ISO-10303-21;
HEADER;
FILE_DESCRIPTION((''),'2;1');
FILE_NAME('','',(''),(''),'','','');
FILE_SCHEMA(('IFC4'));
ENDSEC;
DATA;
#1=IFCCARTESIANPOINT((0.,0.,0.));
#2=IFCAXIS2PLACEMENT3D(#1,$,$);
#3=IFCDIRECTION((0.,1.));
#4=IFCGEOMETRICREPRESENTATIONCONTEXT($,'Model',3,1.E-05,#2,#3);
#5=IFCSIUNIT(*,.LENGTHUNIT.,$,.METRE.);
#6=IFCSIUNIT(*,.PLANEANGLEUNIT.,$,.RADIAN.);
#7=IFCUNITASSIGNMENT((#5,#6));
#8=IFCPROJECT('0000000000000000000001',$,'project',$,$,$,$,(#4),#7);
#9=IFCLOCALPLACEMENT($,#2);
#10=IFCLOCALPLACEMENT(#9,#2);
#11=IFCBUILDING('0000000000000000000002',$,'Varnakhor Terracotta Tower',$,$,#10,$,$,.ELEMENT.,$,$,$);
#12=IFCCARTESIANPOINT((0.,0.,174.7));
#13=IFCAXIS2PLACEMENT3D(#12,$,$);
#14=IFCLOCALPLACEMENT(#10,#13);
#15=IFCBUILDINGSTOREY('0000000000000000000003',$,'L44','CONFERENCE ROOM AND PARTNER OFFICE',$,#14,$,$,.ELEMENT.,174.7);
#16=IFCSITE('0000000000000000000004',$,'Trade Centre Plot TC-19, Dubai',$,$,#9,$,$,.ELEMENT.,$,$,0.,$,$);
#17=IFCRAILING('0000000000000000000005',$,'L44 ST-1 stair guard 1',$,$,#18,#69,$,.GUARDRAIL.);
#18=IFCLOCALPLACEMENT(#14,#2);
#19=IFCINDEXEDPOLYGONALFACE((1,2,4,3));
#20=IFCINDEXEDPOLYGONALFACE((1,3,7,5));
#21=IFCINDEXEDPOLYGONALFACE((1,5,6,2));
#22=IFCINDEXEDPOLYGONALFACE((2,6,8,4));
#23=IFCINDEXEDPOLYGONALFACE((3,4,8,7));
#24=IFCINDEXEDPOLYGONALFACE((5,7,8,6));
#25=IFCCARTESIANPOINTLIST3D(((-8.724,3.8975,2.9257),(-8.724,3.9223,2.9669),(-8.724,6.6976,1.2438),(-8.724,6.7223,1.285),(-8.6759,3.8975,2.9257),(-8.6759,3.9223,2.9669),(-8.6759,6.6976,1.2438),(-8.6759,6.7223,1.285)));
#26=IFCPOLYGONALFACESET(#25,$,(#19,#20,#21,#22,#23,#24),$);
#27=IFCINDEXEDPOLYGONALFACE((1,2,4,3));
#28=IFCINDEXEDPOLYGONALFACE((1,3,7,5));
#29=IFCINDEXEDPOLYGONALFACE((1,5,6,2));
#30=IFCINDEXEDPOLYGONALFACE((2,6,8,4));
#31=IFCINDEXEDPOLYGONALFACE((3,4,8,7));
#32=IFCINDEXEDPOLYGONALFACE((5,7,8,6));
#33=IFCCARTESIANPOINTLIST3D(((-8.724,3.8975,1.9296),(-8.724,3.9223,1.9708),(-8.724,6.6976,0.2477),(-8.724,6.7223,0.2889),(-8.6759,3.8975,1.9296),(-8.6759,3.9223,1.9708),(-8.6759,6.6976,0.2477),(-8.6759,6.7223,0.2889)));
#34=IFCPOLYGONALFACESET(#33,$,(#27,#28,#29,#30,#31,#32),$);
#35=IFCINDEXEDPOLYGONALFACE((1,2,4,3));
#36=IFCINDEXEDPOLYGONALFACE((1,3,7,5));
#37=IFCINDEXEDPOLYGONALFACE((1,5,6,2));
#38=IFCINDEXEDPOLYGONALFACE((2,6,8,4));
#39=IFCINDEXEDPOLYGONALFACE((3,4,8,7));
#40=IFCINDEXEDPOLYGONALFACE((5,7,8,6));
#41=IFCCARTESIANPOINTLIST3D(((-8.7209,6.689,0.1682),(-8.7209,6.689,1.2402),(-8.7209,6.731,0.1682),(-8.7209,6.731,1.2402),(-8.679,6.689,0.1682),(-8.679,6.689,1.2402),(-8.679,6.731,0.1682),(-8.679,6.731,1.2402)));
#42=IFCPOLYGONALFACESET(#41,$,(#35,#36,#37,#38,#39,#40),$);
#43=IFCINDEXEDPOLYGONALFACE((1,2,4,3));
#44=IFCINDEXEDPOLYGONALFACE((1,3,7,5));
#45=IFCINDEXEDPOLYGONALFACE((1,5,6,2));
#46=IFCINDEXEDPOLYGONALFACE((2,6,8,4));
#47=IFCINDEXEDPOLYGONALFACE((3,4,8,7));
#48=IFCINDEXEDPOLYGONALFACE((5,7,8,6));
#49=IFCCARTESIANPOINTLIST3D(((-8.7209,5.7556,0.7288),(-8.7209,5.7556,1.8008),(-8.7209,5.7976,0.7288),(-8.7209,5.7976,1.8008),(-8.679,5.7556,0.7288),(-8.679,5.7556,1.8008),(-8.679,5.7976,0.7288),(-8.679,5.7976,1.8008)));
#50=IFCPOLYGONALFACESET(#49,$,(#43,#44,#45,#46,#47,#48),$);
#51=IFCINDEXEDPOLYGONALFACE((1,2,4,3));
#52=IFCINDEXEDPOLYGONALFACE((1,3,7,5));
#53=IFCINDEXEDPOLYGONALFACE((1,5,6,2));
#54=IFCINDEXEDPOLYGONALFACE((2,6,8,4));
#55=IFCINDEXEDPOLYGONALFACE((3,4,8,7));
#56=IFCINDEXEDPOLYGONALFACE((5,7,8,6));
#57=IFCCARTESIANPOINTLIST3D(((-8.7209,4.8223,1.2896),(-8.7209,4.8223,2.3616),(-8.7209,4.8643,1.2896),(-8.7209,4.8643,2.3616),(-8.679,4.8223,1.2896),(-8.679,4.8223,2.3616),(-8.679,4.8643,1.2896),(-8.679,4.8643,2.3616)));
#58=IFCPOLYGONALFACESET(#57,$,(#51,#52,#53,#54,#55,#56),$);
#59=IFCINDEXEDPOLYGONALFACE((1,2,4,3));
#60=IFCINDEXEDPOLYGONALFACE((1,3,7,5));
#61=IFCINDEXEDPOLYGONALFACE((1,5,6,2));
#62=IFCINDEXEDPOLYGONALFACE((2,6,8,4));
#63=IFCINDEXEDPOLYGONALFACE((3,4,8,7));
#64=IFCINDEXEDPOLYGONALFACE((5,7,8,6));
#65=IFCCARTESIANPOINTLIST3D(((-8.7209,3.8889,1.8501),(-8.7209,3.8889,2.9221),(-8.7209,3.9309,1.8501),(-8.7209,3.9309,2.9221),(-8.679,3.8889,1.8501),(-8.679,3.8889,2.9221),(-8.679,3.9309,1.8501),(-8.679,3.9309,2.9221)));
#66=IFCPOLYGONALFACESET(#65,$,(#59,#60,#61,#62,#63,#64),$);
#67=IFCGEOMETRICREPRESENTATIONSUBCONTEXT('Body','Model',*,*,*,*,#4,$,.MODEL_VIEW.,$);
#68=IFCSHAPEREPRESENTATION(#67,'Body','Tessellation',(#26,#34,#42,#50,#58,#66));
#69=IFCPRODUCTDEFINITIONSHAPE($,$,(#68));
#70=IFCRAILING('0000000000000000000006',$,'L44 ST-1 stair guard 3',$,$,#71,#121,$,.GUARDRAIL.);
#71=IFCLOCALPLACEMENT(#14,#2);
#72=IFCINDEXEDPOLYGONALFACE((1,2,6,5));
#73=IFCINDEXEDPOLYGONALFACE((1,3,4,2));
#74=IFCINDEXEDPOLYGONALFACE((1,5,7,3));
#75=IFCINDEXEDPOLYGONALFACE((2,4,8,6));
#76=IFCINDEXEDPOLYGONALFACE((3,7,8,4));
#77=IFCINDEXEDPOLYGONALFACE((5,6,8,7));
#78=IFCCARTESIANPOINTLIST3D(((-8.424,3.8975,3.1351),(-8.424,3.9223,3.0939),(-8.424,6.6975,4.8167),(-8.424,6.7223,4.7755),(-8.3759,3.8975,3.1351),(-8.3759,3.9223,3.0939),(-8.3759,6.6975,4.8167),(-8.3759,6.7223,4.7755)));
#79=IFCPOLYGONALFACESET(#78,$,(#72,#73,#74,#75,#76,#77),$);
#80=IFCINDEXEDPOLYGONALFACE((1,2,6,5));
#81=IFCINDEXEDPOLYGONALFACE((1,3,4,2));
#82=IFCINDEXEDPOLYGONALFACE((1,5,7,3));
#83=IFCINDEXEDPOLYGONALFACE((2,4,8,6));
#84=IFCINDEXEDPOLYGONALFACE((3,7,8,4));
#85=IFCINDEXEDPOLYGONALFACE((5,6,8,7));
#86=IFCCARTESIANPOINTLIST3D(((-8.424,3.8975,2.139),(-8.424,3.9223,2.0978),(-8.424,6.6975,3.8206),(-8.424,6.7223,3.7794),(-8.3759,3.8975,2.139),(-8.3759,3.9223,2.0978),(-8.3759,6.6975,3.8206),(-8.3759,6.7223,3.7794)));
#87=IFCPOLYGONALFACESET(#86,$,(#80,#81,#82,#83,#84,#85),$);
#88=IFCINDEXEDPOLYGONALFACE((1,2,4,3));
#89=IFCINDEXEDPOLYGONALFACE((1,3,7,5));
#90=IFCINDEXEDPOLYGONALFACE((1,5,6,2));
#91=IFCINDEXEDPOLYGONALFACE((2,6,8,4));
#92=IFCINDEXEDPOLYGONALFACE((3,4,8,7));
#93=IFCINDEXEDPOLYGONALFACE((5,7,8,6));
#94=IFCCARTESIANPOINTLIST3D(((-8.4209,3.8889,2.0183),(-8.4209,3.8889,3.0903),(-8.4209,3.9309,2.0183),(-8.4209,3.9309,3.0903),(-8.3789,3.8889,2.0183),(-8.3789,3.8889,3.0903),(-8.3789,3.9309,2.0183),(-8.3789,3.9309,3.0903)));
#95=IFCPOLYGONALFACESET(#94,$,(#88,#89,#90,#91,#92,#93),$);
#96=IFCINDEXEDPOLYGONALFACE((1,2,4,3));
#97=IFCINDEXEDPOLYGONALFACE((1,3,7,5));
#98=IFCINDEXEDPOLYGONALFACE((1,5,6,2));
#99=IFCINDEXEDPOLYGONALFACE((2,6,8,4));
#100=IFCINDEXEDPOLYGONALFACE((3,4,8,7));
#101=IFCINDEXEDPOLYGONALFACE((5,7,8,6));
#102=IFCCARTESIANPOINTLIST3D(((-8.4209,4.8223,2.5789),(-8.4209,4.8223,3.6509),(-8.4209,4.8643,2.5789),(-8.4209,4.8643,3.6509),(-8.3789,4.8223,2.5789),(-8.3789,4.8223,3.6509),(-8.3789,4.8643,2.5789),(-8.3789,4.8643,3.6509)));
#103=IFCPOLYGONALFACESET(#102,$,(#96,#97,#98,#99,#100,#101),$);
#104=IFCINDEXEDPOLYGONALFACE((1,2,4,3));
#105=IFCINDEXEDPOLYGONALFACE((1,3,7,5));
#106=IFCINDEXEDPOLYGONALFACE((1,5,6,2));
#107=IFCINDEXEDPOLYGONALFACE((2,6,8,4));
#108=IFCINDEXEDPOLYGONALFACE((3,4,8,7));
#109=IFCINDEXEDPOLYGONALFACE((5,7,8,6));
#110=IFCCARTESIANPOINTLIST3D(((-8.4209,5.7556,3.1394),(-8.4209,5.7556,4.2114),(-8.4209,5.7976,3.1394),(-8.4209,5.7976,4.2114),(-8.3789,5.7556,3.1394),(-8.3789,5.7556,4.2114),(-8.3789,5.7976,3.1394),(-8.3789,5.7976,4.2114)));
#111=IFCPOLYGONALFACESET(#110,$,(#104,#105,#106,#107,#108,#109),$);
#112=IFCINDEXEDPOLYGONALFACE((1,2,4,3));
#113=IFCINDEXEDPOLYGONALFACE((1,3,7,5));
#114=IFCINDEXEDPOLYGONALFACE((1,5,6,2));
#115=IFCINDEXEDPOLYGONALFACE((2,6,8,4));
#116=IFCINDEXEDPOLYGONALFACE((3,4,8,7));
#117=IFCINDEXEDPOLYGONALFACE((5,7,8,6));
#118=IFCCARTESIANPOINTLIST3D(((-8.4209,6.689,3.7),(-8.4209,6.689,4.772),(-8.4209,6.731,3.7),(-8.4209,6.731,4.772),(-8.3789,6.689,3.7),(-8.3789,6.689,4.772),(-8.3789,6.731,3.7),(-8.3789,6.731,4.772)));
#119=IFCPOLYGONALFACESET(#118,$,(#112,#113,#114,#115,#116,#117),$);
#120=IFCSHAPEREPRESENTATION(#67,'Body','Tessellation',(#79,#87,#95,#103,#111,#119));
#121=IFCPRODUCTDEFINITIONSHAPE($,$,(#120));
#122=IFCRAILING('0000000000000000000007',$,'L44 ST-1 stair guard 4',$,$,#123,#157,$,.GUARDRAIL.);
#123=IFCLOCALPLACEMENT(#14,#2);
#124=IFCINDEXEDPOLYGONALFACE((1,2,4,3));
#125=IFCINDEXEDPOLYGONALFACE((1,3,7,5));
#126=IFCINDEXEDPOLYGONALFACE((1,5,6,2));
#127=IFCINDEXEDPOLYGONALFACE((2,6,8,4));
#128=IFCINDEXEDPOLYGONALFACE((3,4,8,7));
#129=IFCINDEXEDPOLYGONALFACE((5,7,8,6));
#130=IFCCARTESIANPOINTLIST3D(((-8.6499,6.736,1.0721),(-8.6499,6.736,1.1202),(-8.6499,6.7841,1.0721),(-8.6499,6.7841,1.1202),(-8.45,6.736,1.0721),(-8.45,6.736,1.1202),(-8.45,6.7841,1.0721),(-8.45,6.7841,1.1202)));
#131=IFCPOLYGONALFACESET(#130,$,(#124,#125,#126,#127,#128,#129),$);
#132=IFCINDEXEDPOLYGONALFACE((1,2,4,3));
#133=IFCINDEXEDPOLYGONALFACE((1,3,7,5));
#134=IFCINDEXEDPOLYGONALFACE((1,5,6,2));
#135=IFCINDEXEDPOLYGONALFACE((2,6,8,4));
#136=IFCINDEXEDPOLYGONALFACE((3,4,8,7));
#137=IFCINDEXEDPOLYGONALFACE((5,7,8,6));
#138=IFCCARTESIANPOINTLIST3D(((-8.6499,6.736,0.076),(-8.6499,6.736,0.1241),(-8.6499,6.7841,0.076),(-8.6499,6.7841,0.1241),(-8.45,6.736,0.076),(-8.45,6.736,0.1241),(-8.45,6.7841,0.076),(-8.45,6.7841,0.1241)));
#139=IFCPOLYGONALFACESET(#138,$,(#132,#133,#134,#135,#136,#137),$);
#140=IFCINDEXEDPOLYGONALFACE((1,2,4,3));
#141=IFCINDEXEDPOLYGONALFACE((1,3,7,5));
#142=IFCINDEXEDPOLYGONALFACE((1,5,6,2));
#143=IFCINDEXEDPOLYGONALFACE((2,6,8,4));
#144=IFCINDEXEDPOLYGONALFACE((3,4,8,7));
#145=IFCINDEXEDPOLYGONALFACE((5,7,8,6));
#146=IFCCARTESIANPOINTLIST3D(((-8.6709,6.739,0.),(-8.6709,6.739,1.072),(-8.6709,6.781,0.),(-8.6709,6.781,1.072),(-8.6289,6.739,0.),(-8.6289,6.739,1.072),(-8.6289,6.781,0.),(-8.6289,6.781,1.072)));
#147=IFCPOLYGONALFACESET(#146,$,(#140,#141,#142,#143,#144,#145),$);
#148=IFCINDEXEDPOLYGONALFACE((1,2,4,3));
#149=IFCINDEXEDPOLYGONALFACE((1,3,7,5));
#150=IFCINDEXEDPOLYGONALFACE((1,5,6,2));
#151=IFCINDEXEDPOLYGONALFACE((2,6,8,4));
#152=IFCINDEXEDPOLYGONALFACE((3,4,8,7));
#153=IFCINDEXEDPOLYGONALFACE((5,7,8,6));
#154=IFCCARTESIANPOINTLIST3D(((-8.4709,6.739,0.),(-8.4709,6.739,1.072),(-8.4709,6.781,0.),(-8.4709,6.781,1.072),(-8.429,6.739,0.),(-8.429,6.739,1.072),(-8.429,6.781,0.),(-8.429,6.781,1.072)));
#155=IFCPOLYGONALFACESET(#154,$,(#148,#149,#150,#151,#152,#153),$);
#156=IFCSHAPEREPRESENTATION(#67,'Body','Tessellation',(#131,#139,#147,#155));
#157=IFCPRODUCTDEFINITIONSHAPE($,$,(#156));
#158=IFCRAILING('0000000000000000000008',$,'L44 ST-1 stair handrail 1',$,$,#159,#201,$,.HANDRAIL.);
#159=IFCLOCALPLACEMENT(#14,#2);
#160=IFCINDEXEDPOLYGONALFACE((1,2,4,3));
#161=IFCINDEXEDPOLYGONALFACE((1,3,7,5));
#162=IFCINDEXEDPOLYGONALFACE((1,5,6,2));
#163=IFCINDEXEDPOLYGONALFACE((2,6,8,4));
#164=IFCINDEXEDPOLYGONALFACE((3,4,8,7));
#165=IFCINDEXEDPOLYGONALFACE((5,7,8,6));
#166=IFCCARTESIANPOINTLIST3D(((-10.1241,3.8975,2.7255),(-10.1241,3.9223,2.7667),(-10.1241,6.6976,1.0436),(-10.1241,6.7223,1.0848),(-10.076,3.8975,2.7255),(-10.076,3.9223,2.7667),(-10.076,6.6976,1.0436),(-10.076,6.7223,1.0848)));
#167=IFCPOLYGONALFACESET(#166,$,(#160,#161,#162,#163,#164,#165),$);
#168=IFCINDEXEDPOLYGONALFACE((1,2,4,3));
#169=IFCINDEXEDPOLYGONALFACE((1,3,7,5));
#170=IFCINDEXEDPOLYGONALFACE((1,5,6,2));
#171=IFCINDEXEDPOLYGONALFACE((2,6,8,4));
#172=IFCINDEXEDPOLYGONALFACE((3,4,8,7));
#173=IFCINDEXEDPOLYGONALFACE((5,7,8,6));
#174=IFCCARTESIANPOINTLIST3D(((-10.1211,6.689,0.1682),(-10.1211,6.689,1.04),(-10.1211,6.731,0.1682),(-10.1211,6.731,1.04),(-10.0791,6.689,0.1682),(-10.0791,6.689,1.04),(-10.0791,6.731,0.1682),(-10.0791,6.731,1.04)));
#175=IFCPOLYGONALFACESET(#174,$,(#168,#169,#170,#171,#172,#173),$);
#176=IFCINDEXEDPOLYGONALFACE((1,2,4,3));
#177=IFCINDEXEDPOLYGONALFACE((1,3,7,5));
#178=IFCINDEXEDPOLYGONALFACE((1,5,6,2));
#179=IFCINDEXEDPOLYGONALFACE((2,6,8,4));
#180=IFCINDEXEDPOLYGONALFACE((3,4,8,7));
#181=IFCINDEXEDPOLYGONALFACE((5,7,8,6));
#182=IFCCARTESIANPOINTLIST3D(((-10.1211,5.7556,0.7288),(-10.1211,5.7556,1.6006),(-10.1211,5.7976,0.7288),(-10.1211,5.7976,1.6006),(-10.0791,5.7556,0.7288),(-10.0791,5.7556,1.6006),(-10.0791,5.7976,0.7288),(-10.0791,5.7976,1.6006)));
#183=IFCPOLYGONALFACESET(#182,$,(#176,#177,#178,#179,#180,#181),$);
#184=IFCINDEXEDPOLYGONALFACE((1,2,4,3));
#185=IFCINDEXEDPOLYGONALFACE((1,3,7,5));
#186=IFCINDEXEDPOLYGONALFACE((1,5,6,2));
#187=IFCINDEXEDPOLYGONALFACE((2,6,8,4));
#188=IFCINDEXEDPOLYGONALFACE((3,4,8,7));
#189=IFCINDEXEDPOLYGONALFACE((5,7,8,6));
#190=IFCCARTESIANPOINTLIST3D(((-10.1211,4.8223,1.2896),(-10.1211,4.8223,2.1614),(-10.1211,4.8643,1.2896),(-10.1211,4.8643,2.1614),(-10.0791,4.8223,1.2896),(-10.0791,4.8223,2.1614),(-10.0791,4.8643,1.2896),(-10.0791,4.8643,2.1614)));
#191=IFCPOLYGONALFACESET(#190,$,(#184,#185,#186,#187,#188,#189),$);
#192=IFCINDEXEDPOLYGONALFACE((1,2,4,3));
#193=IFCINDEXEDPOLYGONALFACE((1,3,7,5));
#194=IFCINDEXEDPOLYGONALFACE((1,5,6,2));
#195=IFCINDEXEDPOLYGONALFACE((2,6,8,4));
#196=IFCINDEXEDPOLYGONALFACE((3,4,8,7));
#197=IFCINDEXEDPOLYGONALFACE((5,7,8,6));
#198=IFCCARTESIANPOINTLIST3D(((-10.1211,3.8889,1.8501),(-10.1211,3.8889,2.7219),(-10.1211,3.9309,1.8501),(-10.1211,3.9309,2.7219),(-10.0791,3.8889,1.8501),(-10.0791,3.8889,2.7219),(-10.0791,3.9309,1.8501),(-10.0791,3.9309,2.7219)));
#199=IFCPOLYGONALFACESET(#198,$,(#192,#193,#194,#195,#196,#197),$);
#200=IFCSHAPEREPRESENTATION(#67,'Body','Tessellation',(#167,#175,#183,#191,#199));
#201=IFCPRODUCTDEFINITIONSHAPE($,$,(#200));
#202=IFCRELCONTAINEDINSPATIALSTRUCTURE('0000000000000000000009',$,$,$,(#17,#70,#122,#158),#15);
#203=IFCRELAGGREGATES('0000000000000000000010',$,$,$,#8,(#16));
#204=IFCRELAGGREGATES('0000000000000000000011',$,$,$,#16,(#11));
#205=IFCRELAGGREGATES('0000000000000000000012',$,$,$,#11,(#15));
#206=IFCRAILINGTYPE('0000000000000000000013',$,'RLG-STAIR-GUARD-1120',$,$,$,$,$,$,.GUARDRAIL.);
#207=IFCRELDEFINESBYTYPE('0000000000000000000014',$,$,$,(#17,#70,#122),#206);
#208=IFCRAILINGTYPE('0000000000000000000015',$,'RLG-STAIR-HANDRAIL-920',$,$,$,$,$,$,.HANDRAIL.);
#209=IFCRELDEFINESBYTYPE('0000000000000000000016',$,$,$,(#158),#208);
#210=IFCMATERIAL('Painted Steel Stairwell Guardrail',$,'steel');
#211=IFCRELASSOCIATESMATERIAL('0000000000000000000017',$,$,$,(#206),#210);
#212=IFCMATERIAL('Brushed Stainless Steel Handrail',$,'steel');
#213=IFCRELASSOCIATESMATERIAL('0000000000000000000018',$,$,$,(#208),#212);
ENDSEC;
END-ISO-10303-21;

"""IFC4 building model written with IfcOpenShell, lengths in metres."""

from ifc_helpers import new_model, si_unit, direction, frame, origin, origin_2d, place, context, subcontext, project, spatial, rectangle, extrude, material, type_object, element, save


model = new_model("IFC4")

# Units and contexts
model_context = context("Model", 3, precision=1e-05, world=origin(), true_north=direction((0.0, 1.0)))
body_context = subcontext(model_context, "Body", "Model", "MODEL_VIEW")
ifc_project = project(units=[si_unit("LENGTHUNIT", "METRE"), si_unit("PLANEANGLEUNIT", "RADIAN")], contexts=[model_context])

# Site, building, storey
site_placement = place(None, origin())
site = spatial("IfcSite", under=ifc_project, at=site_placement, Name="Trade Centre Plot TC-19, Dubai", CompositionType="ELEMENT", RefElevation=0.0)
building_placement = place(site_placement, origin())
building = spatial("IfcBuilding", under=site, at=building_placement, Name="Varnakhor Terracotta Tower", CompositionType="ELEMENT")
storey_placement = place(building_placement, frame((0.0, 0.0, 174.7)))
storey = spatial("IfcBuildingStorey", under=building, at=storey_placement, Name="L44", Description="CONFERENCE ROOM AND PARTNER OFFICE", CompositionType="ELEMENT", Elevation=174.7)

# Railings
ifc_material_1 = material(Name="Painted Steel Stairwell Guardrail", Category="steel")
railing_type_1 = type_object("IfcRailingType", Name="RLG-STAIR-GUARD-1120", PredefinedType="GUARDRAIL", material=ifc_material_1)
railing_1_placement = place(storey_placement, frame((-8.7, 6.71, 0.1682)))
element("IfcRailing", 1, at=railing_1_placement, inside=storey, type_object=railing_type_1, Name="L44 ST-1 stair guard 1", PredefinedType="GUARDRAIL", context=body_context, shape_type="SweptSolid", body=[
    extrude(rectangle(XDim=0.0481, YDim=0.0481, at=origin_2d()), frame((0.0, 0.0, 1.0962), z_axis=(0.0, -0.857242, 0.514913), x_axis=(1.0, 0.0, 0.0)), (0.0, 0.0, 1.0), 3.2664),
    extrude(rectangle(XDim=0.0481, YDim=0.0481, at=origin_2d()), frame((0.0, 0.0, 0.1001), z_axis=(0.0, -0.857242, 0.514913), x_axis=(1.0, 0.0, 0.0)), (0.0, 0.0, 1.0), 3.2664),
    extrude(rectangle(XDim=0.042, YDim=0.042, at=origin_2d()), origin(), (0.0, 0.0, 1.0), 1.072),
    extrude(rectangle(XDim=0.042, YDim=0.042, at=origin_2d()), frame((0.0, -0.9333, 0.5605)), (0.0, 0.0, 1.0), 1.072),
    extrude(rectangle(XDim=0.042, YDim=0.042, at=origin_2d()), frame((0.0, -1.8667, 1.1213)), (0.0, 0.0, 1.0), 1.072),
    extrude(rectangle(XDim=0.042, YDim=0.042, at=origin_2d()), frame((0.0, -2.8, 1.6819)), (0.0, 0.0, 1.0), 1.072),
])
railing_2_placement = place(storey_placement, frame((-8.3999, 3.9099, 2.0183)))
element("IfcRailing", 2, at=railing_2_placement, inside=storey, type_object=railing_type_1, Name="L44 ST-1 stair guard 3", PredefinedType="GUARDRAIL", context=body_context, shape_type="SweptSolid", body=[
    extrude(rectangle(XDim=0.0481, YDim=0.0481, at=origin_2d()), frame((0.0, 0.0, 1.0962), z_axis=(0.0, 0.857275, 0.514858), x_axis=(-1.0, 0.0, 0.0)), (0.0, 0.0, 1.0), 3.2661),
    extrude(rectangle(XDim=0.0481, YDim=0.0481, at=origin_2d()), frame((0.0, 0.0, 0.1001), z_axis=(0.0, 0.857275, 0.514858), x_axis=(-1.0, 0.0, 0.0)), (0.0, 0.0, 1.0), 3.2661),
    extrude(rectangle(XDim=0.042, YDim=0.042, at=origin_2d()), origin(), (0.0, 0.0, 1.0), 1.072),
    extrude(rectangle(XDim=0.042, YDim=0.042, at=origin_2d()), frame((0.0, 0.9333, 0.5605)), (0.0, 0.0, 1.0), 1.072),
    extrude(rectangle(XDim=0.042, YDim=0.042, at=origin_2d()), frame((0.0, 1.8667, 1.1211)), (0.0, 0.0, 1.0), 1.072),
    extrude(rectangle(XDim=0.042, YDim=0.042, at=origin_2d()), frame((0.0, 2.8, 1.6816)), (0.0, 0.0, 1.0), 1.072),
])
railing_3_placement = place(storey_placement, frame((-8.6499, 6.76, 0.0)))
element("IfcRailing", 3, at=railing_3_placement, inside=storey, type_object=railing_type_1, Name="L44 ST-1 stair guard 4", PredefinedType="GUARDRAIL", context=body_context, shape_type="SweptSolid", body=[
    extrude(rectangle(XDim=0.0481, YDim=0.0481, at=origin_2d()), frame((0.0, 0.0, 1.0962), z_axis=(1.0, 0.0, 0.0), x_axis=(0.0, 1.0, 0.0)), (0.0, 0.0, 1.0), 0.2),
    extrude(rectangle(XDim=0.0481, YDim=0.0481, at=origin_2d()), frame((0.0, 0.0, 0.1001), z_axis=(1.0, 0.0, 0.0), x_axis=(0.0, 1.0, 0.0)), (0.0, 0.0, 1.0), 0.2),
    extrude(rectangle(XDim=0.042, YDim=0.042, at=origin_2d()), origin(), (0.0, 0.0, 1.0), 1.072),
    extrude(rectangle(XDim=0.042, YDim=0.042, at=origin_2d()), frame((0.2, 0.0, 0.0)), (0.0, 0.0, 1.0), 1.072),
])
ifc_material_2 = material(Name="Brushed Stainless Steel Handrail", Category="steel")
railing_type_2 = type_object("IfcRailingType", Name="RLG-STAIR-HANDRAIL-920", PredefinedType="HANDRAIL", material=ifc_material_2)
railing_4_placement = place(storey_placement, frame((-10.1001, 6.71, 0.1682)))
element("IfcRailing", 4, at=railing_4_placement, inside=storey, type_object=railing_type_2, Name="L44 ST-1 stair handrail 1", PredefinedType="HANDRAIL", context=body_context, shape_type="SweptSolid", body=[
    extrude(rectangle(XDim=0.0481, YDim=0.0481, at=origin_2d()), frame((0.0, 0.0, 0.896), z_axis=(0.0, -0.857242, 0.514913), x_axis=(1.0, 0.0, 0.0)), (0.0, 0.0, 1.0), 3.2664),
    extrude(rectangle(XDim=0.042, YDim=0.042, at=origin_2d()), origin(), (0.0, 0.0, 1.0), 0.8718),
    extrude(rectangle(XDim=0.042, YDim=0.042, at=origin_2d()), frame((0.0, -0.9333, 0.5605)), (0.0, 0.0, 1.0), 0.8718),
    extrude(rectangle(XDim=0.042, YDim=0.042, at=origin_2d()), frame((0.0, -1.8667, 1.1213)), (0.0, 0.0, 1.0), 0.8718),
    extrude(rectangle(XDim=0.042, YDim=0.042, at=origin_2d()), frame((0.0, -2.8, 1.6819)), (0.0, 0.0, 1.0), 0.8718),
])

save(model, "model.ifc")
